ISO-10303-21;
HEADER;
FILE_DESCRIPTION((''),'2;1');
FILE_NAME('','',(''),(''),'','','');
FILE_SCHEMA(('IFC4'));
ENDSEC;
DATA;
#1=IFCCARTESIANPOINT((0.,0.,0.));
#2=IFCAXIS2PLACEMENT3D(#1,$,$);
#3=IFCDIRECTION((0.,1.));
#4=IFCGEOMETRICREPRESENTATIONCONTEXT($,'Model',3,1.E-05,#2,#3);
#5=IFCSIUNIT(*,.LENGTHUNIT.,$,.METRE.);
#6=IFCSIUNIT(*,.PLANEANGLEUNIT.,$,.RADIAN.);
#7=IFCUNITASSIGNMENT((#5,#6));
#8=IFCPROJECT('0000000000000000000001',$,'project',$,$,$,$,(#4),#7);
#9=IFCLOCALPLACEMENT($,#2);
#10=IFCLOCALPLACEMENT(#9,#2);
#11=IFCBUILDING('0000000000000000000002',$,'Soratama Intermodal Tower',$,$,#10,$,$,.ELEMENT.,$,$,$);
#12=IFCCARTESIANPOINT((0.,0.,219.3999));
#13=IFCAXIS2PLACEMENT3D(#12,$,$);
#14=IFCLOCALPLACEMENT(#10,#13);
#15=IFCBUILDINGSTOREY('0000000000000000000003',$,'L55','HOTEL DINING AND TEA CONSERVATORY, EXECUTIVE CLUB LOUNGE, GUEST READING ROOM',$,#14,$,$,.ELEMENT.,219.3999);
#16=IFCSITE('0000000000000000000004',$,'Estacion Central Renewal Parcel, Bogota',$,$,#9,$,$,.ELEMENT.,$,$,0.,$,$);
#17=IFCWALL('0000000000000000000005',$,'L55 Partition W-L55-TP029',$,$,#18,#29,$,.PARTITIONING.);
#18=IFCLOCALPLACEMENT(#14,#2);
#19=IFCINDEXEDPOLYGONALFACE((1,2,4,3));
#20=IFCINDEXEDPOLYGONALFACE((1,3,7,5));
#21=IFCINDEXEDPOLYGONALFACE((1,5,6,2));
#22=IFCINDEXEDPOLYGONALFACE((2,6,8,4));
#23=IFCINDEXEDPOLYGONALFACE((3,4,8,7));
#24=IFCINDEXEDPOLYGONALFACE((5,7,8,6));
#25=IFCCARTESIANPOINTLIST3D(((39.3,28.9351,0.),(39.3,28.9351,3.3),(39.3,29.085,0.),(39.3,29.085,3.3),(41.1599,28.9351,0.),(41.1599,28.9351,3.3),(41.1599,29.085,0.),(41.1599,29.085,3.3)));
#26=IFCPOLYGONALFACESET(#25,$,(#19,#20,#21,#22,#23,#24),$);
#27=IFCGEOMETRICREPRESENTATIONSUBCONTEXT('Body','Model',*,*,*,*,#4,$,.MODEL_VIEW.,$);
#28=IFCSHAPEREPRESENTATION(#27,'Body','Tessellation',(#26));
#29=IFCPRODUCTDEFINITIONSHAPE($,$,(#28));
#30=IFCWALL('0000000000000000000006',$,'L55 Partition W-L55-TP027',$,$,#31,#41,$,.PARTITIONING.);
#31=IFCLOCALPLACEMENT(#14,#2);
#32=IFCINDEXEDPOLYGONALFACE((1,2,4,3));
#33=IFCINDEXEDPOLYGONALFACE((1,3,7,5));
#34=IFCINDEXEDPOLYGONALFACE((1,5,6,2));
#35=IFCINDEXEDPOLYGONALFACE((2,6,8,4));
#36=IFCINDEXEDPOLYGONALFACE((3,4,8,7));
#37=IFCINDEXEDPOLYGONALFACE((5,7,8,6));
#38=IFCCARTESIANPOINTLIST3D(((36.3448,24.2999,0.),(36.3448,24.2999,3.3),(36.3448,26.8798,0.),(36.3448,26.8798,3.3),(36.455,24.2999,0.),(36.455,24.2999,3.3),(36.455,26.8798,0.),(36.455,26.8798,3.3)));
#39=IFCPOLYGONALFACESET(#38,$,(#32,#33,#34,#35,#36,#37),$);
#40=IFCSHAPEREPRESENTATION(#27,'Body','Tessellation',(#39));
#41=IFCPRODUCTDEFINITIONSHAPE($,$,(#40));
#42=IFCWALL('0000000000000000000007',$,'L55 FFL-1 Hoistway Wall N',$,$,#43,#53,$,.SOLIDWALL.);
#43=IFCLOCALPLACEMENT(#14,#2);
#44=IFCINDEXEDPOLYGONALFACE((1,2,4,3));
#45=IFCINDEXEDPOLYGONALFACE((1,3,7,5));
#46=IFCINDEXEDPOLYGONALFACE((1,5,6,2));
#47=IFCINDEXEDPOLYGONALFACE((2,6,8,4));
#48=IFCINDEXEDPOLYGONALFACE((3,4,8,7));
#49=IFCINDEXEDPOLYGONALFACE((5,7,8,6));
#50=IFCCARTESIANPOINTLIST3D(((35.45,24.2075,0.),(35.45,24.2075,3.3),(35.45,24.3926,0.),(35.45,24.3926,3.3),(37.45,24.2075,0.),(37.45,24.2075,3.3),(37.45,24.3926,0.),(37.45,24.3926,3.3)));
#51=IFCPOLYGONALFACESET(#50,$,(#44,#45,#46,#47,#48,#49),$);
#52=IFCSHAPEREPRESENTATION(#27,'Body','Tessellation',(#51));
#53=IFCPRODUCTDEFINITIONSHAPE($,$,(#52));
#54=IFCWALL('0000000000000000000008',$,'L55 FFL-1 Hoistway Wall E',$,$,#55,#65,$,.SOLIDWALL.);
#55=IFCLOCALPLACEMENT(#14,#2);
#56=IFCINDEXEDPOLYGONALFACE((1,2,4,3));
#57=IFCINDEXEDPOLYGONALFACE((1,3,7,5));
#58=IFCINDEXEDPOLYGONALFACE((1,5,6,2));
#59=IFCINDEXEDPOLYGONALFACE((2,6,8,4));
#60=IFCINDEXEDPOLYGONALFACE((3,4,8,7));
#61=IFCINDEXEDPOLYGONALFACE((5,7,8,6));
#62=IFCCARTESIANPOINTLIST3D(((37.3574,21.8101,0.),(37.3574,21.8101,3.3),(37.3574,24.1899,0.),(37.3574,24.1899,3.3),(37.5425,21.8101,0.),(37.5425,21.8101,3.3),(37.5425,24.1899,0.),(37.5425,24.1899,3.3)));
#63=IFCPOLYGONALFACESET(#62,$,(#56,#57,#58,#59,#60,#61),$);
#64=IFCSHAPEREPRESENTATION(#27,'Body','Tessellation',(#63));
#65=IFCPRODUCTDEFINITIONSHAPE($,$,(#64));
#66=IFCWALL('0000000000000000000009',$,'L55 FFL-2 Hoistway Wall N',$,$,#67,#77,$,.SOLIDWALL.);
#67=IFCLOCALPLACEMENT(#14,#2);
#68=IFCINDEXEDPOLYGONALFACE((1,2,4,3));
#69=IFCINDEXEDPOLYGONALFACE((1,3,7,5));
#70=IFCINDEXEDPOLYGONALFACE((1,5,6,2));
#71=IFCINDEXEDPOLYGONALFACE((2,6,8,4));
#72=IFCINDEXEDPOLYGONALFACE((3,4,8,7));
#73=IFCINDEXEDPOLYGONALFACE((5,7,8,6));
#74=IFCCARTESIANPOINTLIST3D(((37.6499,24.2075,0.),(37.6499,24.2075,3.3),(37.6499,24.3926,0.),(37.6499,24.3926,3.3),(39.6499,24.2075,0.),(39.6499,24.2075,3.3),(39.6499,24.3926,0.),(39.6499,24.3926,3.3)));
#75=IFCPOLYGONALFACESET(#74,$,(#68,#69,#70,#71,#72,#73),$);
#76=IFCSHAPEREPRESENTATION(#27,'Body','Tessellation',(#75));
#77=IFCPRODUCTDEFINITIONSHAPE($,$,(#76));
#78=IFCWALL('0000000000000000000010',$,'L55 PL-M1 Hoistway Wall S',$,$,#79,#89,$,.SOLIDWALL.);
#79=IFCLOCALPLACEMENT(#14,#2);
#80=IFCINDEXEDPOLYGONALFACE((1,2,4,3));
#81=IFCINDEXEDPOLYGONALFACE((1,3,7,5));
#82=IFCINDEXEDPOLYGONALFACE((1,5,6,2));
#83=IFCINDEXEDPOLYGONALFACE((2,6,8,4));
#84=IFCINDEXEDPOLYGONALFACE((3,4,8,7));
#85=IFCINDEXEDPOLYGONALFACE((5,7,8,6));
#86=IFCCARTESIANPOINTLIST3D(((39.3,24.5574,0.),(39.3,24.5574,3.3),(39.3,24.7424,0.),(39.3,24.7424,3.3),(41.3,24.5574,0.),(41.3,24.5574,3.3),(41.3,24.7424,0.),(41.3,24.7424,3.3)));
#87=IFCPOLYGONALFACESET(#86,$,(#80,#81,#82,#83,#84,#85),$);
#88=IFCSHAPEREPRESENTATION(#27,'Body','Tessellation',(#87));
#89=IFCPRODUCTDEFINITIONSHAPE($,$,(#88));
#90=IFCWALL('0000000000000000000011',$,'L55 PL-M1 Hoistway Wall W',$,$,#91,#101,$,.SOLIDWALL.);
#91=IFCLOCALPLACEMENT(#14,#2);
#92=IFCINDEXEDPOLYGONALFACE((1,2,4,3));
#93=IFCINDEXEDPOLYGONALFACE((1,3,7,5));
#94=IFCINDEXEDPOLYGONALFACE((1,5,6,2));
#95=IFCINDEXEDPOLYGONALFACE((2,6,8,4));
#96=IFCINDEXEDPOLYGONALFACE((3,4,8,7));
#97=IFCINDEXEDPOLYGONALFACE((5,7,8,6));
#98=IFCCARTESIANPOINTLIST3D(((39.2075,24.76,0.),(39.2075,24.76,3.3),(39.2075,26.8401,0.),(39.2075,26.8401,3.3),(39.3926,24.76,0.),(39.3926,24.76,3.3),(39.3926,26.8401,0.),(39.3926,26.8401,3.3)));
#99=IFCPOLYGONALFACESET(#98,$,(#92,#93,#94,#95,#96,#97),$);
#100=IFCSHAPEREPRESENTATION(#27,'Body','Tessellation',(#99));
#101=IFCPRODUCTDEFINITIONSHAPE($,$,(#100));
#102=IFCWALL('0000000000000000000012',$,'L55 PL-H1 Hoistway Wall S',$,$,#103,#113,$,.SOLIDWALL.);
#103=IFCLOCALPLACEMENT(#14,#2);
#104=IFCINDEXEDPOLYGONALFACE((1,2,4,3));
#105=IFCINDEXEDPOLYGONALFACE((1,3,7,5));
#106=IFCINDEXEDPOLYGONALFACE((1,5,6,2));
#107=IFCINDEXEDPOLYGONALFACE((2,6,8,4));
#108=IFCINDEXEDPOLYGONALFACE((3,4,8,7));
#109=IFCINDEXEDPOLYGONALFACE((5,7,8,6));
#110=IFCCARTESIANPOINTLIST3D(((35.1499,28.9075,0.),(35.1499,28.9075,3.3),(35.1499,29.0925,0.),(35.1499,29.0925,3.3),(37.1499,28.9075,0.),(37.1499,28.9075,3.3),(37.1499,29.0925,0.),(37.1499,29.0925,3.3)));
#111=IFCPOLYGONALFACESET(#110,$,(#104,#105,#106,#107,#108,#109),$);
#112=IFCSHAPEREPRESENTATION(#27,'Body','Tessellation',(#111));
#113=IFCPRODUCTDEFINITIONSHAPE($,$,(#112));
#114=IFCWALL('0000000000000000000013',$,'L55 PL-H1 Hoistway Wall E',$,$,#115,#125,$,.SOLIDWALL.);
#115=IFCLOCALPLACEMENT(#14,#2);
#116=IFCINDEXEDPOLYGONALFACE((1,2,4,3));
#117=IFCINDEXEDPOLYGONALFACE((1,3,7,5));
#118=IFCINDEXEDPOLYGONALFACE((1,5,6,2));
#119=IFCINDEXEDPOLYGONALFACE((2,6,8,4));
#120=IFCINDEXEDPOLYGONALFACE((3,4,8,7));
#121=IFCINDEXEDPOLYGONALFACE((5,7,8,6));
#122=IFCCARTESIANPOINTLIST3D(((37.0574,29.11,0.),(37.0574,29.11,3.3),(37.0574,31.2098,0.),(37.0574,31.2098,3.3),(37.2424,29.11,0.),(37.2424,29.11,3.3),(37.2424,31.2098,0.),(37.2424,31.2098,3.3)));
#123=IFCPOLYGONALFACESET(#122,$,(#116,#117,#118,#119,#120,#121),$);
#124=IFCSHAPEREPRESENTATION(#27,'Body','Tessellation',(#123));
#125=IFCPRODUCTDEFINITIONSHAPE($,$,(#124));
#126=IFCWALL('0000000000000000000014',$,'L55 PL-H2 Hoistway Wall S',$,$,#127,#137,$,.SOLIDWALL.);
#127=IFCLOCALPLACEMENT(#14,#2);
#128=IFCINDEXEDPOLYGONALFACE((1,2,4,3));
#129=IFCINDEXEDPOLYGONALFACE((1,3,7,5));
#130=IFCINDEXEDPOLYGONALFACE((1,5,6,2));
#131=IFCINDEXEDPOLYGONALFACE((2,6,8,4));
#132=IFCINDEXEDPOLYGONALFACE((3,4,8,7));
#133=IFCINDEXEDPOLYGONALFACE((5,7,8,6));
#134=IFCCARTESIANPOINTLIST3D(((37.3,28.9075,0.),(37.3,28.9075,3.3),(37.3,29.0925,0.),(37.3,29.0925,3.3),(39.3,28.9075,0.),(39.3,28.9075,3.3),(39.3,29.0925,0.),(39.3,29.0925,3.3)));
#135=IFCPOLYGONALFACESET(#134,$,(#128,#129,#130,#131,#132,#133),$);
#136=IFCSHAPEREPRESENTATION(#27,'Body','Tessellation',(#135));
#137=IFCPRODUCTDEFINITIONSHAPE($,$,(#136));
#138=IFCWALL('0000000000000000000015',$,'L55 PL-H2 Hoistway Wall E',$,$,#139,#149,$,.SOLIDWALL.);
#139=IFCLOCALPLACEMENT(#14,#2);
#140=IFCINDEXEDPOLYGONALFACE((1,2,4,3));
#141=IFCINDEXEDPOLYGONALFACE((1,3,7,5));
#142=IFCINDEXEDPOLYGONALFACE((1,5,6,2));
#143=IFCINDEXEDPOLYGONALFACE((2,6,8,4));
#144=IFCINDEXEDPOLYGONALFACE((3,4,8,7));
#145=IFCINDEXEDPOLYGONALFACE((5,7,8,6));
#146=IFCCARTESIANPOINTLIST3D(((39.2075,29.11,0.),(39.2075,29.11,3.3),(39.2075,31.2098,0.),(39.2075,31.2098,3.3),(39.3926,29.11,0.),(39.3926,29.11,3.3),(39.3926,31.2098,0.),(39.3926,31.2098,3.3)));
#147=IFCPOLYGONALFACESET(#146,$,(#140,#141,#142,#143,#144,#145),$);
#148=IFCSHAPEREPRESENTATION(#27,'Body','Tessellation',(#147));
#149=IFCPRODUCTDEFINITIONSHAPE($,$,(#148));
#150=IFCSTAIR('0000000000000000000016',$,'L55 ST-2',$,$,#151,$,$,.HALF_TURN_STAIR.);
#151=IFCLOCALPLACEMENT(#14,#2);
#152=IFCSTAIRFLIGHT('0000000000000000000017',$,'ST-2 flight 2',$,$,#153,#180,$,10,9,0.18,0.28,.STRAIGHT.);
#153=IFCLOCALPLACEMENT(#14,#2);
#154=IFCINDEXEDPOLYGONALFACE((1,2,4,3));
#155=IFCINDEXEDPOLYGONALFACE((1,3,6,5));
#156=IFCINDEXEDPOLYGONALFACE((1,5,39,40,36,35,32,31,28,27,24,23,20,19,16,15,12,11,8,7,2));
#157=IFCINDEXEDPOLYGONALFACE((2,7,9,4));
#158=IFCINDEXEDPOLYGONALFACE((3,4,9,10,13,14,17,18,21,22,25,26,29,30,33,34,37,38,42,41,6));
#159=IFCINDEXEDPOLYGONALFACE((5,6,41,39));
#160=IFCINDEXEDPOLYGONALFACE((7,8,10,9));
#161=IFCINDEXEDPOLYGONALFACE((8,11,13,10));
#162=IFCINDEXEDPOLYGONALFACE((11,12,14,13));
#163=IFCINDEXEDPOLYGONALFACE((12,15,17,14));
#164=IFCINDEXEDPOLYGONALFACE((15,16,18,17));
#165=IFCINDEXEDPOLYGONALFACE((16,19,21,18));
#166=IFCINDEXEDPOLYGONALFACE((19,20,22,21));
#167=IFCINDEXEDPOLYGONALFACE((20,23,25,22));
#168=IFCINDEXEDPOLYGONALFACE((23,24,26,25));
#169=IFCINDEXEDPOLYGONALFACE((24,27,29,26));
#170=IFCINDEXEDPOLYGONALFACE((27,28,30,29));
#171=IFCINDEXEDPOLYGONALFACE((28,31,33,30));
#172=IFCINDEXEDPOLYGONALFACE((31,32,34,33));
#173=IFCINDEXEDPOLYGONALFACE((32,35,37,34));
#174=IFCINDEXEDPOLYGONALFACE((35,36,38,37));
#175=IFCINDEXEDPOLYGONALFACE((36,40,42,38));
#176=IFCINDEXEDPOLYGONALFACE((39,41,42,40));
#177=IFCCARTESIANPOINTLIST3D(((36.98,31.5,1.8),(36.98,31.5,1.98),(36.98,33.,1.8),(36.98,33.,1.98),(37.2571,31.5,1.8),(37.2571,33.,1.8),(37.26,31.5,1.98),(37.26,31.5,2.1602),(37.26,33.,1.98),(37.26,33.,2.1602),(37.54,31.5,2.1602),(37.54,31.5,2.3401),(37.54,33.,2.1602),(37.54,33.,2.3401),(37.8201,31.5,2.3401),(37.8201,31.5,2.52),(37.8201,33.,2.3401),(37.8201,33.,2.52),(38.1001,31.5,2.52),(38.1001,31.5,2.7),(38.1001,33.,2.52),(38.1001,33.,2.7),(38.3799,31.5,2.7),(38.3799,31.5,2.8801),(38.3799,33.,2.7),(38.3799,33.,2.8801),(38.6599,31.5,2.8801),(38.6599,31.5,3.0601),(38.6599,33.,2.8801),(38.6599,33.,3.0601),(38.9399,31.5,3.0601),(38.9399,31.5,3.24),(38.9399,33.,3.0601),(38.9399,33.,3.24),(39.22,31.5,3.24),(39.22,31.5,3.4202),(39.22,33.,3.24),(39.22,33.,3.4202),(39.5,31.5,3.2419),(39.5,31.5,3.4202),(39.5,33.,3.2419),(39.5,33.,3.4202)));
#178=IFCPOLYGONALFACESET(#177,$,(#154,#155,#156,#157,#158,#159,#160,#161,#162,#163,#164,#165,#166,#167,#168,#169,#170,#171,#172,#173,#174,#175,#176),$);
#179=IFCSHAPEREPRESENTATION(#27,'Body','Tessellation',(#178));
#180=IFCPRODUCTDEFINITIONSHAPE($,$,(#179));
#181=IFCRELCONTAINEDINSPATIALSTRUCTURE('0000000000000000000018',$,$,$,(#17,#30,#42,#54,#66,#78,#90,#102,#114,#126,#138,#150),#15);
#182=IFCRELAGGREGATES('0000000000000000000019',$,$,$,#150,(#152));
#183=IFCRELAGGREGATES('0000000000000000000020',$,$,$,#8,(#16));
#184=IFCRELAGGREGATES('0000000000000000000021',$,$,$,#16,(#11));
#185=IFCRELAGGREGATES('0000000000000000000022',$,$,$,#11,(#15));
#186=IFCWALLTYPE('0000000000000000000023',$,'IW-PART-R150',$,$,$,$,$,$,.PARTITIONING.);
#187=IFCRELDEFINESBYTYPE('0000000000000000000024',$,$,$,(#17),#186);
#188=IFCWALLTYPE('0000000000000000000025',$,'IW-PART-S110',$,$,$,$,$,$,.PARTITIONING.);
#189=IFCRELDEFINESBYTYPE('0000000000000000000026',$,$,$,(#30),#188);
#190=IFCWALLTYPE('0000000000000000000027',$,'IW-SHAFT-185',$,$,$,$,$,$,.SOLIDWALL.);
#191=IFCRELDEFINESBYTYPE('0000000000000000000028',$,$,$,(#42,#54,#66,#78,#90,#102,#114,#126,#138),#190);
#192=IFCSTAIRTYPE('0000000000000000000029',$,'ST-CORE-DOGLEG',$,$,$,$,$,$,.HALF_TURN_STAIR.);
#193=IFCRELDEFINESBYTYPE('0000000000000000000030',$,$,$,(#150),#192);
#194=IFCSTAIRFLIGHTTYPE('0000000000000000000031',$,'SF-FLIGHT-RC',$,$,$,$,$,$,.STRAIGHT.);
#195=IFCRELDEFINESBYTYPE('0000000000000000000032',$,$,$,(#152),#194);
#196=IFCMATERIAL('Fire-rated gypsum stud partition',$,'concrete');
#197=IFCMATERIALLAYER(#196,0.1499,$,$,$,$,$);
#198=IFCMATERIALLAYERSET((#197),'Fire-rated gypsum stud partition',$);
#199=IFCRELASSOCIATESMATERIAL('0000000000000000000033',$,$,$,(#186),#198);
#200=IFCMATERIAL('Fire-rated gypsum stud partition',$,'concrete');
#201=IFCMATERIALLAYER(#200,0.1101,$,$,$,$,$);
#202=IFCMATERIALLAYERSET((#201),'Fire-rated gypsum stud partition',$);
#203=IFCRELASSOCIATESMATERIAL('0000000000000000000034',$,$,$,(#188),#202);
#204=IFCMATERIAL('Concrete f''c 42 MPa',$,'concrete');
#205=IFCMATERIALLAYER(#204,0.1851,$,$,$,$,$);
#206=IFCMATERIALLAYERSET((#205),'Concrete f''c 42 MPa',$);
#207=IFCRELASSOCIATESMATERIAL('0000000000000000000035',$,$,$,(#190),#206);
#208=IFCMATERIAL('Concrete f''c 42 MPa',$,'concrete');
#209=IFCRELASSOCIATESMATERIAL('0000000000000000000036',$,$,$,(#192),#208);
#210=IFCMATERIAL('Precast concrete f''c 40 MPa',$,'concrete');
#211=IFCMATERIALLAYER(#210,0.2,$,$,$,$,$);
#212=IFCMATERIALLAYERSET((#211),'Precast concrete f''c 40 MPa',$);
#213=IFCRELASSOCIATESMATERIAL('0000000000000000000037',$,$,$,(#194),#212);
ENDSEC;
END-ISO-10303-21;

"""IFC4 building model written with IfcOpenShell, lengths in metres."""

from ifc_helpers import new_model, si_unit, direction, frame, frame_2d, origin, place, context, subcontext, project, spatial, polyline, rectangle, outline, extrude, material, layer, layer_set, type_object, element, aggregate, save


model = new_model("IFC4")

# Units and contexts
model_context = context("Model", 3, precision=1e-05, world=origin(), true_north=direction((0.0, 1.0)))
body_context = subcontext(model_context, "Body", "Model", "MODEL_VIEW")
ifc_project = project(units=[si_unit("LENGTHUNIT", "METRE"), si_unit("PLANEANGLEUNIT", "RADIAN")], contexts=[model_context])

# Site, building, storey
site_placement = place(None, origin())
site = spatial("IfcSite", under=ifc_project, at=site_placement, Name="Estacion Central Renewal Parcel, Bogota", CompositionType="ELEMENT", RefElevation=0.0)
building_placement = place(site_placement, origin())
building = spatial("IfcBuilding", under=site, at=building_placement, Name="Soratama Intermodal Tower", CompositionType="ELEMENT")
storey_placement = place(building_placement, frame((0.0, 0.0, 219.3999)))
storey = spatial("IfcBuildingStorey", under=building, at=storey_placement, Name="L55", Description="HOTEL DINING AND TEA CONSERVATORY, EXECUTIVE CLUB LOUNGE, GUEST READING ROOM", CompositionType="ELEMENT", Elevation=219.3999)

# Shared definitions
ifc_material_1 = material(Name="Fire-rated gypsum stud partition", Category="concrete")
ifc_layer_1 = layer(ifc_material_1, 0.1499)
ifc_layer_set_1 = layer_set([ifc_layer_1], Name="Fire-rated gypsum stud partition")
wall_type_1 = type_object("IfcWallType", Name="IW-PART-R150", PredefinedType="PARTITIONING", material=ifc_layer_set_1)

# Walls
wall_1_placement = place(storey_placement, frame((39.3, 29.01, 0.0), z_axis=(0.0, 0.0, 1.0), x_axis=(1.0, 0.0, 0.0)))
element("IfcWall", 1, at=wall_1_placement, inside=storey, type_object=wall_type_1, Name="L55 Partition W-L55-TP029", PredefinedType="PARTITIONING", context=body_context, shape_type="SweptSolid", body=[
    extrude(rectangle(XDim=1.8599, YDim=0.1499, at=frame_2d((0.9299, 0.0))), origin(), (0.0, 0.0, 1.0), 3.3),
])
ifc_material_2 = material(Name="Fire-rated gypsum stud partition", Category="concrete")
ifc_layer_2 = layer(ifc_material_2, 0.1101)
ifc_layer_set_2 = layer_set([ifc_layer_2], Name="Fire-rated gypsum stud partition")
wall_type_2 = type_object("IfcWallType", Name="IW-PART-S110", PredefinedType="PARTITIONING", material=ifc_layer_set_2)
wall_2_placement = place(storey_placement, frame((36.3999, 26.8799, 0.0), z_axis=(0.0, 0.0, 1.0), x_axis=(0.0, -1.0, 0.0)))
element("IfcWall", 2, at=wall_2_placement, inside=storey, type_object=wall_type_2, Name="L55 Partition W-L55-TP027", PredefinedType="PARTITIONING", context=body_context, shape_type="SweptSolid", body=[
    extrude(rectangle(XDim=2.5798, YDim=0.1101, at=frame_2d((1.29, 0.0))), origin(), (0.0, 0.0, 1.0), 3.3),
])
ifc_material_3 = material(Name="Concrete f'c 42 MPa", Category="concrete")
ifc_layer_3 = layer(ifc_material_3, 0.1851)
ifc_layer_set_3 = layer_set([ifc_layer_3], Name="Concrete f'c 42 MPa")
wall_type_3 = type_object("IfcWallType", Name="IW-SHAFT-185", PredefinedType="SOLIDWALL", material=ifc_layer_set_3)
wall_3_placement = place(storey_placement, frame((35.45, 24.3, 0.0), z_axis=(0.0, 0.0, 1.0), x_axis=(1.0, 0.0, 0.0)))
element("IfcWall", 3, at=wall_3_placement, inside=storey, type_object=wall_type_3, Name="L55 FFL-1 Hoistway Wall N", PredefinedType="SOLIDWALL", context=body_context, shape_type="SweptSolid", body=[
    extrude(rectangle(XDim=2.0, YDim=0.1851, at=frame_2d((1.0, 0.0))), origin(), (0.0, 0.0, 1.0), 3.3),
])
wall_4_placement = place(storey_placement, frame((37.45, 21.8101, 0.0), z_axis=(0.0, 0.0, 1.0), x_axis=(0.0, 1.0, 0.0)))
element("IfcWall", 4, at=wall_4_placement, inside=storey, type_object=wall_type_3, Name="L55 FFL-1 Hoistway Wall E", PredefinedType="SOLIDWALL", context=body_context, shape_type="SweptSolid", body=[
    extrude(rectangle(XDim=2.3799, YDim=0.1851, at=frame_2d((1.1899, 0.0))), origin(), (0.0, 0.0, 1.0), 3.3),
])
for number, where, z_axis, x_axis, name in (
    (5, (37.6499, 24.3, 0.0), (0.0, 0.0, 1.0), (1.0, 0.0, 0.0), "L55 FFL-2 Hoistway Wall N"),
    (6, (39.3, 24.6499, 0.0), (0.0, 0.0, 1.0), (1.0, 0.0, 0.0), "L55 PL-M1 Hoistway Wall S"),
):
    element("IfcWall", number, at=place(storey_placement, frame(where, z_axis=z_axis, x_axis=x_axis)), inside=storey, type_object=wall_type_3, Name=name, PredefinedType="SOLIDWALL", context=body_context, shape_type="SweptSolid", body=[
        extrude(rectangle(XDim=2.0, YDim=0.1851, at=frame_2d((1.0, 0.0))), origin(), (0.0, 0.0, 1.0), 3.3),
    ])

# Walls
wall_5_placement = place(storey_placement, frame((39.3, 24.76, 0.0), z_axis=(0.0, 0.0, 1.0), x_axis=(0.0, 1.0, 0.0)))
element("IfcWall", 7, at=wall_5_placement, inside=storey, type_object=wall_type_3, Name="L55 PL-M1 Hoistway Wall W", PredefinedType="SOLIDWALL", context=body_context, shape_type="SweptSolid", body=[
    extrude(rectangle(XDim=2.0801, YDim=0.1851, at=frame_2d((1.04, 0.0))), origin(), (0.0, 0.0, 1.0), 3.3),
])
wall_6_placement = place(storey_placement, frame((35.1499, 29.0, 0.0), z_axis=(0.0, 0.0, 1.0), x_axis=(1.0, 0.0, 0.0)))
element("IfcWall", 8, at=wall_6_placement, inside=storey, type_object=wall_type_3, Name="L55 PL-H1 Hoistway Wall S", PredefinedType="SOLIDWALL", context=body_context, shape_type="SweptSolid", body=[
    extrude(rectangle(XDim=2.0, YDim=0.1851, at=frame_2d((1.0, 0.0))), origin(), (0.0, 0.0, 1.0), 3.3),
])
wall_7_placement = place(storey_placement, frame((37.1499, 29.1101, 0.0), z_axis=(0.0, 0.0, 1.0), x_axis=(0.0, 1.0, 0.0)))
element("IfcWall", 9, at=wall_7_placement, inside=storey, type_object=wall_type_3, Name="L55 PL-H1 Hoistway Wall E", PredefinedType="SOLIDWALL", context=body_context, shape_type="SweptSolid", body=[
    extrude(rectangle(XDim=2.0999, YDim=0.1851, at=frame_2d((1.0498, 0.0))), origin(), (0.0, 0.0, 1.0), 3.3),
])
wall_8_placement = place(storey_placement, frame((37.3, 29.0, 0.0), z_axis=(0.0, 0.0, 1.0), x_axis=(1.0, 0.0, 0.0)))
element("IfcWall", 10, at=wall_8_placement, inside=storey, type_object=wall_type_3, Name="L55 PL-H2 Hoistway Wall S", PredefinedType="SOLIDWALL", context=body_context, shape_type="SweptSolid", body=[
    extrude(rectangle(XDim=2.0, YDim=0.1851, at=frame_2d((1.0, 0.0))), origin(), (0.0, 0.0, 1.0), 3.3),
])
wall_9_placement = place(storey_placement, frame((39.3, 29.1101, 0.0), z_axis=(0.0, 0.0, 1.0), x_axis=(0.0, 1.0, 0.0)))
element("IfcWall", 11, at=wall_9_placement, inside=storey, type_object=wall_type_3, Name="L55 PL-H2 Hoistway Wall E", PredefinedType="SOLIDWALL", context=body_context, shape_type="SweptSolid", body=[
    extrude(rectangle(XDim=2.0999, YDim=0.1851, at=frame_2d((1.0498, 0.0))), origin(), (0.0, 0.0, 1.0), 3.3),
])

# Stair, stair flight
ifc_material_4 = material(Name="Concrete f'c 42 MPa", Category="concrete")
stair_type = type_object("IfcStairType", Name="ST-CORE-DOGLEG", PredefinedType="HALF_TURN_STAIR", material=ifc_material_4)
stair_placement = place(storey_placement, origin())
stair = element("IfcStair", 12, at=stair_placement, inside=storey, type_object=stair_type, Name="L55 ST-2", PredefinedType="HALF_TURN_STAIR")
ifc_material_5 = material(Name="Precast concrete f'c 40 MPa", Category="concrete")
ifc_layer_4 = layer(ifc_material_5, 0.2)
ifc_layer_set_4 = layer_set([ifc_layer_4], Name="Precast concrete f'c 40 MPa")
stair_flight_type = type_object("IfcStairFlightType", Name="SF-FLIGHT-RC", PredefinedType="STRAIGHT", material=ifc_layer_set_4)
stair_flight_placement = place(storey_placement, frame((36.98, 32.25, 1.8), z_axis=(0.0, 0.0, 1.0), x_axis=(1.0, 0.0, 0.0)))
stair_flight = element("IfcStairFlight", 13, at=stair_flight_placement, type_object=stair_flight_type, Name="ST-2 flight 2", NumberOfRisers=10, NumberOfTreads=9, PredefinedType="STRAIGHT", RiserHeight=0.18, TreadLength=0.28, context=body_context, shape_type="SweptSolid", body=[
    extrude(outline(polyline([(0.0, 0.0), (0.0, 0.1799), (0.28, 0.1799), (0.28, 0.3601), (0.5601, 0.3601), (0.5601, 0.54), (0.8401, 0.54), (0.8401, 0.72), (1.1201, 0.72), (1.1201, 0.8999), (1.3999, 0.8999), (1.3999, 1.0801), (1.6799, 1.0801), (1.6799, 1.26), (1.96, 1.26), (1.96, 1.4399), (2.24, 1.4399), (2.24, 1.6201), (2.52, 1.6201), (2.52, 1.8), (2.52, 1.4419), (0.2771, 0.0), (0.0, 0.0)])), frame((0.0, 0.75, 0.0), z_axis=(0.0, -1.0, 0.0), x_axis=(1.0, 0.0, 0.0)), (0.0, 0.0, 1.0), 1.5),
])
aggregate(stair, [stair_flight])

save(model, "model.ifc")
